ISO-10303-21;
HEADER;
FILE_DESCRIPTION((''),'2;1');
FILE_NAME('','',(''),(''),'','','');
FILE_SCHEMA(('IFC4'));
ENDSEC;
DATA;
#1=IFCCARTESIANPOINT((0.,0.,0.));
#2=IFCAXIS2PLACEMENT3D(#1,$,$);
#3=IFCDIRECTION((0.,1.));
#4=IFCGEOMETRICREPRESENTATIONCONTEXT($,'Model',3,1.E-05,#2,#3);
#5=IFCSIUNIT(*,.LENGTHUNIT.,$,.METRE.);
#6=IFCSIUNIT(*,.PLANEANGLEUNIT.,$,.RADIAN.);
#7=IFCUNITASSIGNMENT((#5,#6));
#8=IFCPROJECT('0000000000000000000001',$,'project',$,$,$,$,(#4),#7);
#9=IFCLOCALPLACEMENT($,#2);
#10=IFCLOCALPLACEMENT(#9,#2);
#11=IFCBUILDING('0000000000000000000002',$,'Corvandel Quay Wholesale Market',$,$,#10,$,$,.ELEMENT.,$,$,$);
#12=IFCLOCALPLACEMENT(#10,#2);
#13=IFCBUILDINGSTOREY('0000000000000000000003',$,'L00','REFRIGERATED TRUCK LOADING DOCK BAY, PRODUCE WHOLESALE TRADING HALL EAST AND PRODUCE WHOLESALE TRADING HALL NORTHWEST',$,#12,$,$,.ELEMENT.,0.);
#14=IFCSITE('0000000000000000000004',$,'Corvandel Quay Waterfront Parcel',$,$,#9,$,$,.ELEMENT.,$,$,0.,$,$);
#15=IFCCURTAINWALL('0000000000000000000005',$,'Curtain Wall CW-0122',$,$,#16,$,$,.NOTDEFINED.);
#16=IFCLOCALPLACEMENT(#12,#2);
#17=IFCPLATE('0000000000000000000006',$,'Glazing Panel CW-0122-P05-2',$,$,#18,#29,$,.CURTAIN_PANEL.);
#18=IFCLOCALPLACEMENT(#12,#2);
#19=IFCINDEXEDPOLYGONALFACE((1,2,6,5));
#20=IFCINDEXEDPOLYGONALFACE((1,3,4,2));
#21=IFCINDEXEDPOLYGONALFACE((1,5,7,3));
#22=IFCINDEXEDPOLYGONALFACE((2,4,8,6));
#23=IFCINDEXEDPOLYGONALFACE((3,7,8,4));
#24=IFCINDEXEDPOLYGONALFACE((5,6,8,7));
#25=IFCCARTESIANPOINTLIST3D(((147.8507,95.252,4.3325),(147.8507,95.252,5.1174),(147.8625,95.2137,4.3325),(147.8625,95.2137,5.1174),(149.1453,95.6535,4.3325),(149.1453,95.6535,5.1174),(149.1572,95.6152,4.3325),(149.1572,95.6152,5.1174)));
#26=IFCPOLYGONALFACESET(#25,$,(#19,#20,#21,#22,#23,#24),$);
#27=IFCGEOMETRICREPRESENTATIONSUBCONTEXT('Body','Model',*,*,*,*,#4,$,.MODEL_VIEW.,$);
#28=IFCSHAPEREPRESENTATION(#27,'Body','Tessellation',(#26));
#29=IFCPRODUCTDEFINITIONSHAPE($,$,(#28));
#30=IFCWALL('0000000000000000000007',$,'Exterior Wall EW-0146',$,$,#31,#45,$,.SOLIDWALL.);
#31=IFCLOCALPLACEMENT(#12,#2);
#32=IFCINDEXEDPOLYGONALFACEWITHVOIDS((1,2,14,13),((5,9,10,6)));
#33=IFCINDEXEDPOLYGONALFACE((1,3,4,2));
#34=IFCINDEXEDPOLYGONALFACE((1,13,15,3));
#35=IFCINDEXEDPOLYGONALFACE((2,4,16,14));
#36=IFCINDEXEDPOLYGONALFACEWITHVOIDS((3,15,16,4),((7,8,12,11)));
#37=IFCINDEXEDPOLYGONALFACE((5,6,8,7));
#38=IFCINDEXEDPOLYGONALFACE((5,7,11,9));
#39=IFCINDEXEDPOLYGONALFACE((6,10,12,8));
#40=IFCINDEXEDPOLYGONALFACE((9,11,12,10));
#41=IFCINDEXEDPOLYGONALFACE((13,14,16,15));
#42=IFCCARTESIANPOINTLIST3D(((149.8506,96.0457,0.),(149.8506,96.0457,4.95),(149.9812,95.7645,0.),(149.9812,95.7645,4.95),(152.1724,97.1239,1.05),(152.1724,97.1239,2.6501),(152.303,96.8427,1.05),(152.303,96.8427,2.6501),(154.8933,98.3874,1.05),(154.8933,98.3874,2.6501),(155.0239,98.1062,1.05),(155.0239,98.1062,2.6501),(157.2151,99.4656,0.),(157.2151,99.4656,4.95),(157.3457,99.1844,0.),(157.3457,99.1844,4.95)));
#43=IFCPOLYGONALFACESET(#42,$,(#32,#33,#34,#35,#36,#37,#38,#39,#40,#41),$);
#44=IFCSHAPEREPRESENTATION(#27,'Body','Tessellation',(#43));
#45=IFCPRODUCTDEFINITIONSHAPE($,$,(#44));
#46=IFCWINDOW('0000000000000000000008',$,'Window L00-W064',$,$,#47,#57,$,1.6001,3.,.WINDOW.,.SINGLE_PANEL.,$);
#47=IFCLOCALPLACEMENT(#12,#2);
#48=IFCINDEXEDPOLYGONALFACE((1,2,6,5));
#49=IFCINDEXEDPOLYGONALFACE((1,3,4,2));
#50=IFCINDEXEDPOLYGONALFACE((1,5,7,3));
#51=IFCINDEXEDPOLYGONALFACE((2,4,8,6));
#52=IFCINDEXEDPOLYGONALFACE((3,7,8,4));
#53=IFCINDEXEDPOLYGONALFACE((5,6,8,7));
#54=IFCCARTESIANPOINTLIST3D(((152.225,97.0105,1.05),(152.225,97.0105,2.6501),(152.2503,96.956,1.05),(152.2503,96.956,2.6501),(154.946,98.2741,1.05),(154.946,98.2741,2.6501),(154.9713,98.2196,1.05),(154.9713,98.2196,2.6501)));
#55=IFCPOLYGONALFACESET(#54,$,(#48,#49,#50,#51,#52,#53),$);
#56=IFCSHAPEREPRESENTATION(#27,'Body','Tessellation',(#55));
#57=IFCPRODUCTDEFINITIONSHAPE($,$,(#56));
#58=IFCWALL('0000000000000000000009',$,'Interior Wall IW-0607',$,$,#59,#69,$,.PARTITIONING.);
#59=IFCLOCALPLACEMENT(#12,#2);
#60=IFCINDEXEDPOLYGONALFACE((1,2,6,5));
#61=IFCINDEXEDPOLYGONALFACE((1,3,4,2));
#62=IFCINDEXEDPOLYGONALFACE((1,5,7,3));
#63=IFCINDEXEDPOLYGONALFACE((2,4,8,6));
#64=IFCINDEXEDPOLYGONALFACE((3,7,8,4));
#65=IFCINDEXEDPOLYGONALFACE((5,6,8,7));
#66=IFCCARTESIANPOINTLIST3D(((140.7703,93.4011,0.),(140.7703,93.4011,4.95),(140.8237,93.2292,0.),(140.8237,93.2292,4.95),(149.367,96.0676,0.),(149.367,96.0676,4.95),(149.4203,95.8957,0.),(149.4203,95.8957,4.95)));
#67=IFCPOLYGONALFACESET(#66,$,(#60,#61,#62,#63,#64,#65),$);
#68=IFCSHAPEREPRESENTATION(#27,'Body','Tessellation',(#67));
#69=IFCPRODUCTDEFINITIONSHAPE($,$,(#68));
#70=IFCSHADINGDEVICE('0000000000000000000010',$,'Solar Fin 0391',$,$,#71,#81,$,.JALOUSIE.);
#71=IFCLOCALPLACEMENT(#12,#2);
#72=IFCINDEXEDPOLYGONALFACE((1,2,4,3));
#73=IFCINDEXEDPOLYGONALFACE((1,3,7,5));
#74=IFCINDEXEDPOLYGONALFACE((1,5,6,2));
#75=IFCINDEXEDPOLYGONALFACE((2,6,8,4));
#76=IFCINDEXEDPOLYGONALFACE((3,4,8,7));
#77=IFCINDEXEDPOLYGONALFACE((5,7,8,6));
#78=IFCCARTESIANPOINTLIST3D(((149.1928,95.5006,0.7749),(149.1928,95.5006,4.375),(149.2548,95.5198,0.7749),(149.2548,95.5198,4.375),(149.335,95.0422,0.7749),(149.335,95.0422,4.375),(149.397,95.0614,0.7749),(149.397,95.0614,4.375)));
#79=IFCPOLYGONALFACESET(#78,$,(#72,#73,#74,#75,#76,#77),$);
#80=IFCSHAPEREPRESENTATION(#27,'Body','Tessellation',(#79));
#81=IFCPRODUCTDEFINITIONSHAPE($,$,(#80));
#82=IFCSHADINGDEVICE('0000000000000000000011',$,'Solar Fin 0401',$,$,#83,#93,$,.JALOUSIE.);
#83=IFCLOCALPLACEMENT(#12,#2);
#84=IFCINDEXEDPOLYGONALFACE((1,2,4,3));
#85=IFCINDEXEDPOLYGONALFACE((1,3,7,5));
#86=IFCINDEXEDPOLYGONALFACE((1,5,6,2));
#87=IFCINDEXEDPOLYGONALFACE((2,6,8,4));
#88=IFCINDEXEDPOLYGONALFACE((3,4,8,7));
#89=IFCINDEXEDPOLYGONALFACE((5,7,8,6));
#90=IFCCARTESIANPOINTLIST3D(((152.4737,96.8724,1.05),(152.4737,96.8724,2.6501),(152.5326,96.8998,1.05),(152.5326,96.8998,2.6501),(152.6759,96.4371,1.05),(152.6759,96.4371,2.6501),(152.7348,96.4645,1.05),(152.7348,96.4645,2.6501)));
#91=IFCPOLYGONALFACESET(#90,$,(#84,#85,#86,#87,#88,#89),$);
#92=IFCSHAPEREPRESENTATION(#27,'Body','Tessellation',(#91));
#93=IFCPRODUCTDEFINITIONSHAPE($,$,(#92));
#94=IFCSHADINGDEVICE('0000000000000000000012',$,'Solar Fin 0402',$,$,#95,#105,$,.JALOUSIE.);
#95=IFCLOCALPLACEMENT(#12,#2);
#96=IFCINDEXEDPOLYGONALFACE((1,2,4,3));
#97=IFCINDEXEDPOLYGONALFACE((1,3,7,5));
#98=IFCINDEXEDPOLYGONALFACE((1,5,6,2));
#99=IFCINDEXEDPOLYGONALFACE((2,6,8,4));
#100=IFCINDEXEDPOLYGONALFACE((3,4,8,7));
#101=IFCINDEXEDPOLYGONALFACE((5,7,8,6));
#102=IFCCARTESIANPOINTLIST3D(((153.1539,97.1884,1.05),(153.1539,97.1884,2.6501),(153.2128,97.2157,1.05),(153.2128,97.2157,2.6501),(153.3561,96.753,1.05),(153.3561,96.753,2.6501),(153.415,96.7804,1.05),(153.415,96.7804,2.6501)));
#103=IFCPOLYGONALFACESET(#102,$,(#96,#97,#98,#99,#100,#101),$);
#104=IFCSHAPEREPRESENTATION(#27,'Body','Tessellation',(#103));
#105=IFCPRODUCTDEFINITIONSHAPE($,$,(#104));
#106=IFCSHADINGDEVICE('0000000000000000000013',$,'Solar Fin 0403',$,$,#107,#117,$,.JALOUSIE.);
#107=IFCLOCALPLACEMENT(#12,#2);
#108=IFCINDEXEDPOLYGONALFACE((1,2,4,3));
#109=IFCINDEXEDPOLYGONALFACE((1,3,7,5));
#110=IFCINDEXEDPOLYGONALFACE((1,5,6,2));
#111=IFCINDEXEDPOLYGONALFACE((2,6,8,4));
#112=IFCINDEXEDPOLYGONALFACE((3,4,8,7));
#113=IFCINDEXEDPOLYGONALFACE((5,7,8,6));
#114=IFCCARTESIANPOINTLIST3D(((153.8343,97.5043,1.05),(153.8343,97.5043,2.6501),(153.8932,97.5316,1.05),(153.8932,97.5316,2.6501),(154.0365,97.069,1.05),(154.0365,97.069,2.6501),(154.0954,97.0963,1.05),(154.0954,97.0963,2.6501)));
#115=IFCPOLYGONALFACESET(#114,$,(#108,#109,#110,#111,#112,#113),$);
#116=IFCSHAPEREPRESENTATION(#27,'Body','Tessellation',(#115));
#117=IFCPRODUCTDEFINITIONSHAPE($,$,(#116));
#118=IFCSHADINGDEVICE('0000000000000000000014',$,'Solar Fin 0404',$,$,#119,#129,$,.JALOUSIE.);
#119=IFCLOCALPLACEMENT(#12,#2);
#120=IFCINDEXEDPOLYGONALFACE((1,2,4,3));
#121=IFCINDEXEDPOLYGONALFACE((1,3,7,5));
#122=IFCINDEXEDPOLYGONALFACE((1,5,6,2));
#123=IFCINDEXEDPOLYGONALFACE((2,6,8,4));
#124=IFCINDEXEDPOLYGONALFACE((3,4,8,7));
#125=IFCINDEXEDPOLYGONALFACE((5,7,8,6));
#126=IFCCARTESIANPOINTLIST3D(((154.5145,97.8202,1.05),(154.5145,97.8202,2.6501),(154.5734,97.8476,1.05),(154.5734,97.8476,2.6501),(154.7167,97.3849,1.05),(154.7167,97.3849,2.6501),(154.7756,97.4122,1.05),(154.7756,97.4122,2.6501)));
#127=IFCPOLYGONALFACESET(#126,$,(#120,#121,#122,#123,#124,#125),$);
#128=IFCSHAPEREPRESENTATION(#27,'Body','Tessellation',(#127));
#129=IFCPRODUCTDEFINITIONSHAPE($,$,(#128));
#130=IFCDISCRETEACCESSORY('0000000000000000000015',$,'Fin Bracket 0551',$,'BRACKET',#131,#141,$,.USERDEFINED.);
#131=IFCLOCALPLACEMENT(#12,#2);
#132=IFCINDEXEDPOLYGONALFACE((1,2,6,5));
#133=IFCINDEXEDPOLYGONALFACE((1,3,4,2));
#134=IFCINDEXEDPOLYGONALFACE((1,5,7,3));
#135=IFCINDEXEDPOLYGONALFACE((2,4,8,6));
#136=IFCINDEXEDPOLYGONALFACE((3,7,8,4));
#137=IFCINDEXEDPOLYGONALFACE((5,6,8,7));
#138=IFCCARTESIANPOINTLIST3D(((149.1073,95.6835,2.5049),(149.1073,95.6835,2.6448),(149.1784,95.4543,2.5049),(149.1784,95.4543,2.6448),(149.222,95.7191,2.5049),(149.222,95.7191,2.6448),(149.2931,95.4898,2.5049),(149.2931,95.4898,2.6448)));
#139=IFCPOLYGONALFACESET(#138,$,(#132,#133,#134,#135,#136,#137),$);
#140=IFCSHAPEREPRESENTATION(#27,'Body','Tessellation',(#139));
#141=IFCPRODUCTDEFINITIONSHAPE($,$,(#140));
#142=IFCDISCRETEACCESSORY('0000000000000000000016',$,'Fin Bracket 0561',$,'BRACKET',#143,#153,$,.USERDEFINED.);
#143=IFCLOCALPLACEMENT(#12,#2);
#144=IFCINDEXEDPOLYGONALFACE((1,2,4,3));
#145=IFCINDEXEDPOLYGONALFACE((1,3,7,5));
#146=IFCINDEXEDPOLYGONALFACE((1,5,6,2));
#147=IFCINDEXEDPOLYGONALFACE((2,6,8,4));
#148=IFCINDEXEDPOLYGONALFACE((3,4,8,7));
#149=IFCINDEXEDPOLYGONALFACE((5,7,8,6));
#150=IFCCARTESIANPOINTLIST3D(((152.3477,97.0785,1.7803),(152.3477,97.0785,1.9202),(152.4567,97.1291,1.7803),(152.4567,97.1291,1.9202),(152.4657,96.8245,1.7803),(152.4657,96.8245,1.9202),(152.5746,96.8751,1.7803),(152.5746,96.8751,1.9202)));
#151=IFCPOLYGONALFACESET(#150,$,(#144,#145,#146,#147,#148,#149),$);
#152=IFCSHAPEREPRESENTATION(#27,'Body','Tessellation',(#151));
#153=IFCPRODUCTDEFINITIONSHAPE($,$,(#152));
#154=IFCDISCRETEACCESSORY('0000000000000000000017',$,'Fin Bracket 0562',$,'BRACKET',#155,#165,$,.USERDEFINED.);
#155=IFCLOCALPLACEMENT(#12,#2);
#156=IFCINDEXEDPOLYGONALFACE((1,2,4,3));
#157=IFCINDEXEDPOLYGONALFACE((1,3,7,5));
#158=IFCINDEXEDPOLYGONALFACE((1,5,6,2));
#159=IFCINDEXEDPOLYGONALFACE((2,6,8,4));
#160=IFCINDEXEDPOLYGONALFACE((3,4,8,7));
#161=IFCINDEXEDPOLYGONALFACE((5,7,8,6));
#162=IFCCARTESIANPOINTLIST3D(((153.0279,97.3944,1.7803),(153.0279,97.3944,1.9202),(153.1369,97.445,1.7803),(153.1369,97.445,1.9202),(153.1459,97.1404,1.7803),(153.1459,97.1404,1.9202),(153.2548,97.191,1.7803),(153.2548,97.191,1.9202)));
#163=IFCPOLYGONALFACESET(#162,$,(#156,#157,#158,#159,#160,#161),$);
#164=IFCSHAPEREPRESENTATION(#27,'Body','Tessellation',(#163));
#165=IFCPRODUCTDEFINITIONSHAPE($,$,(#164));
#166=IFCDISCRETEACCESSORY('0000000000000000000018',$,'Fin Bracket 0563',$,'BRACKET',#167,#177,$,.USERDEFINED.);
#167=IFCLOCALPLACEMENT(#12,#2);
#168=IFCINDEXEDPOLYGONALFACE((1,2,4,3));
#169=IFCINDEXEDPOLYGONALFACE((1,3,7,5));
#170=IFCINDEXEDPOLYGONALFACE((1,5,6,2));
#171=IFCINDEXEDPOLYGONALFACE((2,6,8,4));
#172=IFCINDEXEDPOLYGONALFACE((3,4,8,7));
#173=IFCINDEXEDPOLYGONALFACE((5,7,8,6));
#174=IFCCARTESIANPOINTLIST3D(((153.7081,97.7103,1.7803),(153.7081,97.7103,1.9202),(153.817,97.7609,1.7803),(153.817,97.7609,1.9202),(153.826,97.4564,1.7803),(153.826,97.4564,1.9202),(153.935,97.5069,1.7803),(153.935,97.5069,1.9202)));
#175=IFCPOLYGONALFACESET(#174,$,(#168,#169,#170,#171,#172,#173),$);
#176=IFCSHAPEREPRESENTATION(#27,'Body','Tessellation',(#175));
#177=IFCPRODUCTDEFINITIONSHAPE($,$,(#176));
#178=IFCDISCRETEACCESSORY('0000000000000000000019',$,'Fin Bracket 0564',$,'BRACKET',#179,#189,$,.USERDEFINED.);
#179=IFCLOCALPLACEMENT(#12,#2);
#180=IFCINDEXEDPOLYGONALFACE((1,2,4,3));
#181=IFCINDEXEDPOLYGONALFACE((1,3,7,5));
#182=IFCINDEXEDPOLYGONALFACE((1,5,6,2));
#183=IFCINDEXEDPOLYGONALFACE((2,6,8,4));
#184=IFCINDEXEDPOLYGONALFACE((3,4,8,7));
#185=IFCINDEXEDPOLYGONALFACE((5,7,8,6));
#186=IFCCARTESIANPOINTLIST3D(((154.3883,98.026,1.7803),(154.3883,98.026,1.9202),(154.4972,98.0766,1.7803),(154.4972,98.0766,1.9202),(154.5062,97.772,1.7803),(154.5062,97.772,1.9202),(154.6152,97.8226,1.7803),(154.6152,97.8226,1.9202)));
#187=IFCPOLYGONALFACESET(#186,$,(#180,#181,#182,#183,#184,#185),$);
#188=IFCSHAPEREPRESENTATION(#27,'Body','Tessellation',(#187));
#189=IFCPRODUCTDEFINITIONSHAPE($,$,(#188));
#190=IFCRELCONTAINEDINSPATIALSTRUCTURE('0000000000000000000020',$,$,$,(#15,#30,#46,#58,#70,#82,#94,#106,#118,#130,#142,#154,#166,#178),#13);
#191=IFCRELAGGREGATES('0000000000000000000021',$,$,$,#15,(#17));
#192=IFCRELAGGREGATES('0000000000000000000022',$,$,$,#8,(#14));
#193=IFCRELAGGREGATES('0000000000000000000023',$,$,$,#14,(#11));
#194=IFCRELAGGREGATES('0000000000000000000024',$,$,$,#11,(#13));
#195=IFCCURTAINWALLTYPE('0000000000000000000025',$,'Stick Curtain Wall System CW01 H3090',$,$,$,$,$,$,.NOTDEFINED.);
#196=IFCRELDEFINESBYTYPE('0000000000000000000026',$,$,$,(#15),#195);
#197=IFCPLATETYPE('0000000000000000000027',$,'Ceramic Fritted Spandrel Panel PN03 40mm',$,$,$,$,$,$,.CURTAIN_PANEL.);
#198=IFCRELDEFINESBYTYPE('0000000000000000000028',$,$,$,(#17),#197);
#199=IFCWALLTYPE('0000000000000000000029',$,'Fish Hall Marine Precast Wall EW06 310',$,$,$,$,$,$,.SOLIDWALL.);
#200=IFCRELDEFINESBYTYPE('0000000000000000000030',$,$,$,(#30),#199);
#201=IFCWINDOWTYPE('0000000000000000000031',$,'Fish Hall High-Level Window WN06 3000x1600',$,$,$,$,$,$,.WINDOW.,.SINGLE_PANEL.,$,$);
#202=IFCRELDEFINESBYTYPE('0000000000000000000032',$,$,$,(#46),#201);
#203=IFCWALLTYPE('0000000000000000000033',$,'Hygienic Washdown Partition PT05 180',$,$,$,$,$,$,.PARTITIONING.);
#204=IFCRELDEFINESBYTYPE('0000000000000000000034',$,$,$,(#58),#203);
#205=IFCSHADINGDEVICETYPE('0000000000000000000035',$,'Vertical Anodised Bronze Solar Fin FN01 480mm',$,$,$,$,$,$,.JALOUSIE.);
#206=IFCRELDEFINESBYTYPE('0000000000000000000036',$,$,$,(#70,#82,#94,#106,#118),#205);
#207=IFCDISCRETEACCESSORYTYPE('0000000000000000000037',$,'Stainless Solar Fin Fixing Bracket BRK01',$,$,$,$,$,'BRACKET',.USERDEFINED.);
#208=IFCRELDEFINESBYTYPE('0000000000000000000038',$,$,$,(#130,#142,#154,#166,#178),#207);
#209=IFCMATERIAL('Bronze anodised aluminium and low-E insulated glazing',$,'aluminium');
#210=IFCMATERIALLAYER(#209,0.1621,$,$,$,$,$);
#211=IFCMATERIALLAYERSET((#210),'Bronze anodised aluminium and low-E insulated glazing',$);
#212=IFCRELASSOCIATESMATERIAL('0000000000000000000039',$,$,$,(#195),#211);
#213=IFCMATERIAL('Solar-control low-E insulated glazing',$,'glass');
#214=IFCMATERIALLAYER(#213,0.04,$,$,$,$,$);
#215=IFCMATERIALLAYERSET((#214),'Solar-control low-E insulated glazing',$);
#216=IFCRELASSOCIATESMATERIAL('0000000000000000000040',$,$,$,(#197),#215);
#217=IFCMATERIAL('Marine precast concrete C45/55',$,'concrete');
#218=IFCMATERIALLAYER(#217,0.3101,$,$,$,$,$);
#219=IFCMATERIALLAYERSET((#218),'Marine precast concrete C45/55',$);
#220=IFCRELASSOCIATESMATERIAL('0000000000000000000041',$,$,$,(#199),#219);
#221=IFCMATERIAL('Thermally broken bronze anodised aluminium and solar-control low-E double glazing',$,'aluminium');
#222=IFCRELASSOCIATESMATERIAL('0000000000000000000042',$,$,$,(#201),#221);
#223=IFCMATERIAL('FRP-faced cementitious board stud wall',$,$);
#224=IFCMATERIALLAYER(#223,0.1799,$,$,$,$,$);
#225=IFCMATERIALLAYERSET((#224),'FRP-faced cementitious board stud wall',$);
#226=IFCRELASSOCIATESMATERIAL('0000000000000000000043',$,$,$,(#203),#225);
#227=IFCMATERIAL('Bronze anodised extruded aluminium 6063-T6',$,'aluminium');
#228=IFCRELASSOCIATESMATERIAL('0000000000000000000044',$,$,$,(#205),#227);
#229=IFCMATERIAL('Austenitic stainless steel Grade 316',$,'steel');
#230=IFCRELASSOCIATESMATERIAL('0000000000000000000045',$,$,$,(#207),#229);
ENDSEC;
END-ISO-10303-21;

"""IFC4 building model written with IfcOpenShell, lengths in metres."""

from ifc_helpers import new_model, si_unit, direction, frame, frame_2d, origin, origin_2d, place, context, subcontext, project, spatial, rectangle, extrude, material, layer, layer_set, type_object, element, fill, aggregate, save


model = new_model("IFC4")

# Units and contexts
model_context = context("Model", 3, precision=1e-05, world=origin(), true_north=direction((0.0, 1.0)))
body_context = subcontext(model_context, "Body", "Model", "MODEL_VIEW")
ifc_project = project(units=[si_unit("LENGTHUNIT", "METRE"), si_unit("PLANEANGLEUNIT", "RADIAN")], contexts=[model_context])

# Site, building, storey
site_placement = place(None, origin())
site = spatial("IfcSite", under=ifc_project, at=site_placement, Name="Corvandel Quay Waterfront Parcel", CompositionType="ELEMENT", RefElevation=0.0)
building_placement = place(site_placement, origin())
building = spatial("IfcBuilding", under=site, at=building_placement, Name="Corvandel Quay Wholesale Market", CompositionType="ELEMENT")
storey_placement = place(building_placement, origin())
storey = spatial("IfcBuildingStorey", under=building, at=storey_placement, Name="L00", Description="REFRIGERATED TRUCK LOADING DOCK BAY, PRODUCE WHOLESALE TRADING HALL EAST AND PRODUCE WHOLESALE TRADING HALL NORTHWEST", CompositionType="ELEMENT", Elevation=0.0)

# Curtain wall, plate
ifc_material_1 = material(Name="Bronze anodised aluminium and low-E insulated glazing", Category="aluminium")
ifc_layer_1 = layer(ifc_material_1, 0.1621)
ifc_layer_set_1 = layer_set([ifc_layer_1], Name="Bronze anodised aluminium and low-E insulated glazing")
curtain_wall_type = type_object("IfcCurtainWallType", Name="Stick Curtain Wall System CW01 H3090", PredefinedType="NOTDEFINED", material=ifc_layer_set_1)
curtain_wall_placement = place(storey_placement, origin())
curtain_wall = element("IfcCurtainWall", 1, at=curtain_wall_placement, inside=storey, type_object=curtain_wall_type, Name="Curtain Wall CW-0122", PredefinedType="NOTDEFINED")
ifc_material_2 = material(Name="Solar-control low-E insulated glazing", Category="glass")
ifc_layer_2 = layer(ifc_material_2, 0.04)
ifc_layer_set_2 = layer_set([ifc_layer_2], Name="Solar-control low-E insulated glazing")
plate_type = type_object("IfcPlateType", Name="Ceramic Fritted Spandrel Panel PN03 40mm", PredefinedType="CURTAIN_PANEL", material=ifc_layer_set_2)
plate_placement = place(storey_placement, frame((148.5039, 95.4336, 4.3325), z_axis=(0.0, 0.0, 1.0), x_axis=(0.955123, 0.296208, 0.0)))
plate = element("IfcPlate", 2, at=plate_placement, type_object=plate_type, Name="Glazing Panel CW-0122-P05-2", PredefinedType="CURTAIN_PANEL", context=body_context, shape_type="SweptSolid", body=[
    extrude(rectangle(XDim=1.3555, YDim=0.04, at=origin_2d()), origin(), (0.0, 0.0, 1.0), 0.7849),
])
aggregate(curtain_wall, [plate])

# Wall, opening, window
ifc_material_3 = material(Name="Marine precast concrete C45/55", Category="concrete")
ifc_layer_3 = layer(ifc_material_3, 0.3101)
ifc_layer_set_3 = layer_set([ifc_layer_3], Name="Marine precast concrete C45/55")
wall_type_1 = type_object("IfcWallType", Name="Fish Hall Marine Precast Wall EW06 310", PredefinedType="SOLIDWALL", material=ifc_layer_set_3)
wall_1_placement = place(storey_placement, frame((149.9158, 95.905, 0.0), z_axis=(0.0, 0.0, 1.0), x_axis=(0.906977, 0.421181, 0.0)))
wall_1 = element("IfcWall", 3, at=wall_1_placement, inside=storey, type_object=wall_type_1, Name="Exterior Wall EW-0146", PredefinedType="SOLIDWALL", context=body_context, shape_type="SweptSolid", body=[
    extrude(rectangle(XDim=8.1199, YDim=0.3101, at=frame_2d((4.0601, 0.0))), origin(), (0.0, 0.0, 1.0), 4.95),
])
opening_placement = place(wall_1_placement, frame((2.5601, 0.0, 1.05)))
opening = element("IfcOpeningElement", 4, at=opening_placement, cuts=wall_1, PredefinedType="OPENING", context=body_context, shape_type="SweptSolid", body=[
    extrude(rectangle(XDim=3.0, YDim=1.6001, at=frame_2d((1.5, 0.8))), frame((0.0, 0.165, 0.0), z_axis=(0.0, -1.0, 0.0), x_axis=(1.0, 0.0, 0.0)), (0.0, 0.0, 1.0), 0.3301),
])
ifc_material_4 = material(Name="Thermally broken bronze anodised aluminium and solar-control low-E double glazing", Category="aluminium")
window_type = type_object("IfcWindowType", Name="Fish Hall High-Level Window WN06 3000x1600", PartitioningType="SINGLE_PANEL", PredefinedType="WINDOW", material=ifc_material_4)
window_placement = place(opening_placement, origin())
window = element("IfcWindow", 5, at=window_placement, inside=storey, type_object=window_type, Name="Window L00-W064", OverallHeight=1.6001, OverallWidth=3.0, PartitioningType="SINGLE_PANEL", PredefinedType="WINDOW", context=body_context, shape_type="SweptSolid", body=[
    extrude(rectangle(XDim=3.0, YDim=1.6001, at=frame_2d((1.5, 0.8))), frame((0.0, 0.03, 0.0), z_axis=(0.0, -1.0, 0.0), x_axis=(1.0, 0.0, 0.0)), (0.0, 0.0, 1.0), 0.0601),
])
fill(opening, window)

# Wall
ifc_material_5 = material(Name="FRP-faced cementitious board stud wall")
ifc_layer_4 = layer(ifc_material_5, 0.1799)
ifc_layer_set_4 = layer_set([ifc_layer_4], Name="FRP-faced cementitious board stud wall")
wall_type_2 = type_object("IfcWallType", Name="Hygienic Washdown Partition PT05 180", PredefinedType="PARTITIONING", material=ifc_layer_set_4)
wall_2_placement = place(storey_placement, frame((149.3938, 95.9817, 0.0), z_axis=(0.0, 0.0, 1.0), x_axis=(-0.955109, -0.296254, 0.0)))
element("IfcWall", 6, at=wall_2_placement, inside=storey, type_object=wall_type_2, Name="Interior Wall IW-0607", PredefinedType="PARTITIONING", context=body_context, shape_type="SweptSolid", body=[
    extrude(rectangle(XDim=9.0007, YDim=0.1799, at=frame_2d((4.5005, 0.0))), origin(), (0.0, 0.0, 1.0), 4.95),
])

# Shading devices
ifc_material_6 = material(Name="Bronze anodised extruded aluminium 6063-T6", Category="aluminium")
shading_device_type = type_object("IfcShadingDeviceType", Name="Vertical Anodised Bronze Solar Fin FN01 480mm", PredefinedType="JALOUSIE", material=ifc_material_6)
shading_device_placement = place(storey_placement, frame((149.2949, 95.281, 0.7749), z_axis=(0.0, 0.0, 1.0), x_axis=(-0.296208, 0.955123, 0.0)))
element("IfcShadingDevice", 7, at=shading_device_placement, inside=storey, type_object=shading_device_type, Name="Solar Fin 0391", PredefinedType="JALOUSIE", context=body_context, shape_type="SweptSolid", body=[
    extrude(rectangle(XDim=0.48, YDim=0.0649, at=origin_2d()), origin(), (0.0, 0.0, 1.0), 3.6001),
])
for number, where, z_axis, x_axis, name in (
    (8, (152.6042, 96.6685, 1.05), (0.0, 0.0, 1.0), (-0.421194, 0.906971, 0.0), "Solar Fin 0401"),
    (9, (153.2844, 96.9844, 1.05), (0.0, 0.0, 1.0), (-0.421194, 0.906971, 0.0), "Solar Fin 0402"),
    (10, (153.9648, 97.3003, 1.05), (0.0, 0.0, 1.0), (-0.421194, 0.906971, 0.0), "Solar Fin 0403"),
    (11, (154.645, 97.6162, 1.05), (0.0, 0.0, 1.0), (-0.421194, 0.906971, 0.0), "Solar Fin 0404"),
):
    element("IfcShadingDevice", number, at=place(storey_placement, frame(where, z_axis=z_axis, x_axis=x_axis)), inside=storey, type_object=shading_device_type, Name=name, PredefinedType="JALOUSIE", context=body_context, shape_type="SweptSolid", body=[
        extrude(rectangle(XDim=0.48, YDim=0.0649, at=origin_2d()), origin(), (0.0, 0.0, 1.0), 1.6001),
    ])

# Discrete accessories
ifc_material_7 = material(Name="Austenitic stainless steel Grade 316", Category="steel")
discrete_accessory_type = type_object("IfcDiscreteAccessoryType", Name="Stainless Solar Fin Fixing Bracket BRK01", ElementType="BRACKET", PredefinedType="USERDEFINED", material=ifc_material_7)
discrete_accessory_placement = place(storey_placement, frame((149.2002, 95.5867, 2.5049), z_axis=(0.0, 0.0, 1.0), x_axis=(-0.296208, 0.955123, 0.0)))
element("IfcDiscreteAccessory", 12, at=discrete_accessory_placement, inside=storey, type_object=discrete_accessory_type, Name="Fin Bracket 0551", ObjectType="BRACKET", PredefinedType="USERDEFINED", context=body_context, shape_type="SweptSolid", body=[
    extrude(rectangle(XDim=0.24, YDim=0.1201, at=origin_2d()), origin(), (0.0, 0.0, 1.0), 0.1399),
])
for number, where, z_axis, x_axis, name in (
    (13, (152.4612, 96.9768, 1.7803), (0.0, 0.0, 1.0), (-0.421194, 0.906971, 0.0), "Fin Bracket 0561"),
    (14, (153.1414, 97.2927, 1.7803), (0.0, 0.0, 1.0), (-0.421194, 0.906971, 0.0), "Fin Bracket 0562"),
    (15, (153.8215, 97.6086, 1.7803), (0.0, 0.0, 1.0), (-0.421194, 0.906971, 0.0), "Fin Bracket 0563"),
    (16, (154.5017, 97.9243, 1.7803), (0.0, 0.0, 1.0), (-0.421194, 0.906971, 0.0), "Fin Bracket 0564"),
):
    element("IfcDiscreteAccessory", number, at=place(storey_placement, frame(where, z_axis=z_axis, x_axis=x_axis)), inside=storey, type_object=discrete_accessory_type, Name=name, ObjectType="BRACKET", PredefinedType="USERDEFINED", context=body_context, shape_type="SweptSolid", body=[
        extrude(rectangle(XDim=0.28, YDim=0.1201, at=origin_2d()), origin(), (0.0, 0.0, 1.0), 0.1399),
    ])

save(model, "model.ifc")
